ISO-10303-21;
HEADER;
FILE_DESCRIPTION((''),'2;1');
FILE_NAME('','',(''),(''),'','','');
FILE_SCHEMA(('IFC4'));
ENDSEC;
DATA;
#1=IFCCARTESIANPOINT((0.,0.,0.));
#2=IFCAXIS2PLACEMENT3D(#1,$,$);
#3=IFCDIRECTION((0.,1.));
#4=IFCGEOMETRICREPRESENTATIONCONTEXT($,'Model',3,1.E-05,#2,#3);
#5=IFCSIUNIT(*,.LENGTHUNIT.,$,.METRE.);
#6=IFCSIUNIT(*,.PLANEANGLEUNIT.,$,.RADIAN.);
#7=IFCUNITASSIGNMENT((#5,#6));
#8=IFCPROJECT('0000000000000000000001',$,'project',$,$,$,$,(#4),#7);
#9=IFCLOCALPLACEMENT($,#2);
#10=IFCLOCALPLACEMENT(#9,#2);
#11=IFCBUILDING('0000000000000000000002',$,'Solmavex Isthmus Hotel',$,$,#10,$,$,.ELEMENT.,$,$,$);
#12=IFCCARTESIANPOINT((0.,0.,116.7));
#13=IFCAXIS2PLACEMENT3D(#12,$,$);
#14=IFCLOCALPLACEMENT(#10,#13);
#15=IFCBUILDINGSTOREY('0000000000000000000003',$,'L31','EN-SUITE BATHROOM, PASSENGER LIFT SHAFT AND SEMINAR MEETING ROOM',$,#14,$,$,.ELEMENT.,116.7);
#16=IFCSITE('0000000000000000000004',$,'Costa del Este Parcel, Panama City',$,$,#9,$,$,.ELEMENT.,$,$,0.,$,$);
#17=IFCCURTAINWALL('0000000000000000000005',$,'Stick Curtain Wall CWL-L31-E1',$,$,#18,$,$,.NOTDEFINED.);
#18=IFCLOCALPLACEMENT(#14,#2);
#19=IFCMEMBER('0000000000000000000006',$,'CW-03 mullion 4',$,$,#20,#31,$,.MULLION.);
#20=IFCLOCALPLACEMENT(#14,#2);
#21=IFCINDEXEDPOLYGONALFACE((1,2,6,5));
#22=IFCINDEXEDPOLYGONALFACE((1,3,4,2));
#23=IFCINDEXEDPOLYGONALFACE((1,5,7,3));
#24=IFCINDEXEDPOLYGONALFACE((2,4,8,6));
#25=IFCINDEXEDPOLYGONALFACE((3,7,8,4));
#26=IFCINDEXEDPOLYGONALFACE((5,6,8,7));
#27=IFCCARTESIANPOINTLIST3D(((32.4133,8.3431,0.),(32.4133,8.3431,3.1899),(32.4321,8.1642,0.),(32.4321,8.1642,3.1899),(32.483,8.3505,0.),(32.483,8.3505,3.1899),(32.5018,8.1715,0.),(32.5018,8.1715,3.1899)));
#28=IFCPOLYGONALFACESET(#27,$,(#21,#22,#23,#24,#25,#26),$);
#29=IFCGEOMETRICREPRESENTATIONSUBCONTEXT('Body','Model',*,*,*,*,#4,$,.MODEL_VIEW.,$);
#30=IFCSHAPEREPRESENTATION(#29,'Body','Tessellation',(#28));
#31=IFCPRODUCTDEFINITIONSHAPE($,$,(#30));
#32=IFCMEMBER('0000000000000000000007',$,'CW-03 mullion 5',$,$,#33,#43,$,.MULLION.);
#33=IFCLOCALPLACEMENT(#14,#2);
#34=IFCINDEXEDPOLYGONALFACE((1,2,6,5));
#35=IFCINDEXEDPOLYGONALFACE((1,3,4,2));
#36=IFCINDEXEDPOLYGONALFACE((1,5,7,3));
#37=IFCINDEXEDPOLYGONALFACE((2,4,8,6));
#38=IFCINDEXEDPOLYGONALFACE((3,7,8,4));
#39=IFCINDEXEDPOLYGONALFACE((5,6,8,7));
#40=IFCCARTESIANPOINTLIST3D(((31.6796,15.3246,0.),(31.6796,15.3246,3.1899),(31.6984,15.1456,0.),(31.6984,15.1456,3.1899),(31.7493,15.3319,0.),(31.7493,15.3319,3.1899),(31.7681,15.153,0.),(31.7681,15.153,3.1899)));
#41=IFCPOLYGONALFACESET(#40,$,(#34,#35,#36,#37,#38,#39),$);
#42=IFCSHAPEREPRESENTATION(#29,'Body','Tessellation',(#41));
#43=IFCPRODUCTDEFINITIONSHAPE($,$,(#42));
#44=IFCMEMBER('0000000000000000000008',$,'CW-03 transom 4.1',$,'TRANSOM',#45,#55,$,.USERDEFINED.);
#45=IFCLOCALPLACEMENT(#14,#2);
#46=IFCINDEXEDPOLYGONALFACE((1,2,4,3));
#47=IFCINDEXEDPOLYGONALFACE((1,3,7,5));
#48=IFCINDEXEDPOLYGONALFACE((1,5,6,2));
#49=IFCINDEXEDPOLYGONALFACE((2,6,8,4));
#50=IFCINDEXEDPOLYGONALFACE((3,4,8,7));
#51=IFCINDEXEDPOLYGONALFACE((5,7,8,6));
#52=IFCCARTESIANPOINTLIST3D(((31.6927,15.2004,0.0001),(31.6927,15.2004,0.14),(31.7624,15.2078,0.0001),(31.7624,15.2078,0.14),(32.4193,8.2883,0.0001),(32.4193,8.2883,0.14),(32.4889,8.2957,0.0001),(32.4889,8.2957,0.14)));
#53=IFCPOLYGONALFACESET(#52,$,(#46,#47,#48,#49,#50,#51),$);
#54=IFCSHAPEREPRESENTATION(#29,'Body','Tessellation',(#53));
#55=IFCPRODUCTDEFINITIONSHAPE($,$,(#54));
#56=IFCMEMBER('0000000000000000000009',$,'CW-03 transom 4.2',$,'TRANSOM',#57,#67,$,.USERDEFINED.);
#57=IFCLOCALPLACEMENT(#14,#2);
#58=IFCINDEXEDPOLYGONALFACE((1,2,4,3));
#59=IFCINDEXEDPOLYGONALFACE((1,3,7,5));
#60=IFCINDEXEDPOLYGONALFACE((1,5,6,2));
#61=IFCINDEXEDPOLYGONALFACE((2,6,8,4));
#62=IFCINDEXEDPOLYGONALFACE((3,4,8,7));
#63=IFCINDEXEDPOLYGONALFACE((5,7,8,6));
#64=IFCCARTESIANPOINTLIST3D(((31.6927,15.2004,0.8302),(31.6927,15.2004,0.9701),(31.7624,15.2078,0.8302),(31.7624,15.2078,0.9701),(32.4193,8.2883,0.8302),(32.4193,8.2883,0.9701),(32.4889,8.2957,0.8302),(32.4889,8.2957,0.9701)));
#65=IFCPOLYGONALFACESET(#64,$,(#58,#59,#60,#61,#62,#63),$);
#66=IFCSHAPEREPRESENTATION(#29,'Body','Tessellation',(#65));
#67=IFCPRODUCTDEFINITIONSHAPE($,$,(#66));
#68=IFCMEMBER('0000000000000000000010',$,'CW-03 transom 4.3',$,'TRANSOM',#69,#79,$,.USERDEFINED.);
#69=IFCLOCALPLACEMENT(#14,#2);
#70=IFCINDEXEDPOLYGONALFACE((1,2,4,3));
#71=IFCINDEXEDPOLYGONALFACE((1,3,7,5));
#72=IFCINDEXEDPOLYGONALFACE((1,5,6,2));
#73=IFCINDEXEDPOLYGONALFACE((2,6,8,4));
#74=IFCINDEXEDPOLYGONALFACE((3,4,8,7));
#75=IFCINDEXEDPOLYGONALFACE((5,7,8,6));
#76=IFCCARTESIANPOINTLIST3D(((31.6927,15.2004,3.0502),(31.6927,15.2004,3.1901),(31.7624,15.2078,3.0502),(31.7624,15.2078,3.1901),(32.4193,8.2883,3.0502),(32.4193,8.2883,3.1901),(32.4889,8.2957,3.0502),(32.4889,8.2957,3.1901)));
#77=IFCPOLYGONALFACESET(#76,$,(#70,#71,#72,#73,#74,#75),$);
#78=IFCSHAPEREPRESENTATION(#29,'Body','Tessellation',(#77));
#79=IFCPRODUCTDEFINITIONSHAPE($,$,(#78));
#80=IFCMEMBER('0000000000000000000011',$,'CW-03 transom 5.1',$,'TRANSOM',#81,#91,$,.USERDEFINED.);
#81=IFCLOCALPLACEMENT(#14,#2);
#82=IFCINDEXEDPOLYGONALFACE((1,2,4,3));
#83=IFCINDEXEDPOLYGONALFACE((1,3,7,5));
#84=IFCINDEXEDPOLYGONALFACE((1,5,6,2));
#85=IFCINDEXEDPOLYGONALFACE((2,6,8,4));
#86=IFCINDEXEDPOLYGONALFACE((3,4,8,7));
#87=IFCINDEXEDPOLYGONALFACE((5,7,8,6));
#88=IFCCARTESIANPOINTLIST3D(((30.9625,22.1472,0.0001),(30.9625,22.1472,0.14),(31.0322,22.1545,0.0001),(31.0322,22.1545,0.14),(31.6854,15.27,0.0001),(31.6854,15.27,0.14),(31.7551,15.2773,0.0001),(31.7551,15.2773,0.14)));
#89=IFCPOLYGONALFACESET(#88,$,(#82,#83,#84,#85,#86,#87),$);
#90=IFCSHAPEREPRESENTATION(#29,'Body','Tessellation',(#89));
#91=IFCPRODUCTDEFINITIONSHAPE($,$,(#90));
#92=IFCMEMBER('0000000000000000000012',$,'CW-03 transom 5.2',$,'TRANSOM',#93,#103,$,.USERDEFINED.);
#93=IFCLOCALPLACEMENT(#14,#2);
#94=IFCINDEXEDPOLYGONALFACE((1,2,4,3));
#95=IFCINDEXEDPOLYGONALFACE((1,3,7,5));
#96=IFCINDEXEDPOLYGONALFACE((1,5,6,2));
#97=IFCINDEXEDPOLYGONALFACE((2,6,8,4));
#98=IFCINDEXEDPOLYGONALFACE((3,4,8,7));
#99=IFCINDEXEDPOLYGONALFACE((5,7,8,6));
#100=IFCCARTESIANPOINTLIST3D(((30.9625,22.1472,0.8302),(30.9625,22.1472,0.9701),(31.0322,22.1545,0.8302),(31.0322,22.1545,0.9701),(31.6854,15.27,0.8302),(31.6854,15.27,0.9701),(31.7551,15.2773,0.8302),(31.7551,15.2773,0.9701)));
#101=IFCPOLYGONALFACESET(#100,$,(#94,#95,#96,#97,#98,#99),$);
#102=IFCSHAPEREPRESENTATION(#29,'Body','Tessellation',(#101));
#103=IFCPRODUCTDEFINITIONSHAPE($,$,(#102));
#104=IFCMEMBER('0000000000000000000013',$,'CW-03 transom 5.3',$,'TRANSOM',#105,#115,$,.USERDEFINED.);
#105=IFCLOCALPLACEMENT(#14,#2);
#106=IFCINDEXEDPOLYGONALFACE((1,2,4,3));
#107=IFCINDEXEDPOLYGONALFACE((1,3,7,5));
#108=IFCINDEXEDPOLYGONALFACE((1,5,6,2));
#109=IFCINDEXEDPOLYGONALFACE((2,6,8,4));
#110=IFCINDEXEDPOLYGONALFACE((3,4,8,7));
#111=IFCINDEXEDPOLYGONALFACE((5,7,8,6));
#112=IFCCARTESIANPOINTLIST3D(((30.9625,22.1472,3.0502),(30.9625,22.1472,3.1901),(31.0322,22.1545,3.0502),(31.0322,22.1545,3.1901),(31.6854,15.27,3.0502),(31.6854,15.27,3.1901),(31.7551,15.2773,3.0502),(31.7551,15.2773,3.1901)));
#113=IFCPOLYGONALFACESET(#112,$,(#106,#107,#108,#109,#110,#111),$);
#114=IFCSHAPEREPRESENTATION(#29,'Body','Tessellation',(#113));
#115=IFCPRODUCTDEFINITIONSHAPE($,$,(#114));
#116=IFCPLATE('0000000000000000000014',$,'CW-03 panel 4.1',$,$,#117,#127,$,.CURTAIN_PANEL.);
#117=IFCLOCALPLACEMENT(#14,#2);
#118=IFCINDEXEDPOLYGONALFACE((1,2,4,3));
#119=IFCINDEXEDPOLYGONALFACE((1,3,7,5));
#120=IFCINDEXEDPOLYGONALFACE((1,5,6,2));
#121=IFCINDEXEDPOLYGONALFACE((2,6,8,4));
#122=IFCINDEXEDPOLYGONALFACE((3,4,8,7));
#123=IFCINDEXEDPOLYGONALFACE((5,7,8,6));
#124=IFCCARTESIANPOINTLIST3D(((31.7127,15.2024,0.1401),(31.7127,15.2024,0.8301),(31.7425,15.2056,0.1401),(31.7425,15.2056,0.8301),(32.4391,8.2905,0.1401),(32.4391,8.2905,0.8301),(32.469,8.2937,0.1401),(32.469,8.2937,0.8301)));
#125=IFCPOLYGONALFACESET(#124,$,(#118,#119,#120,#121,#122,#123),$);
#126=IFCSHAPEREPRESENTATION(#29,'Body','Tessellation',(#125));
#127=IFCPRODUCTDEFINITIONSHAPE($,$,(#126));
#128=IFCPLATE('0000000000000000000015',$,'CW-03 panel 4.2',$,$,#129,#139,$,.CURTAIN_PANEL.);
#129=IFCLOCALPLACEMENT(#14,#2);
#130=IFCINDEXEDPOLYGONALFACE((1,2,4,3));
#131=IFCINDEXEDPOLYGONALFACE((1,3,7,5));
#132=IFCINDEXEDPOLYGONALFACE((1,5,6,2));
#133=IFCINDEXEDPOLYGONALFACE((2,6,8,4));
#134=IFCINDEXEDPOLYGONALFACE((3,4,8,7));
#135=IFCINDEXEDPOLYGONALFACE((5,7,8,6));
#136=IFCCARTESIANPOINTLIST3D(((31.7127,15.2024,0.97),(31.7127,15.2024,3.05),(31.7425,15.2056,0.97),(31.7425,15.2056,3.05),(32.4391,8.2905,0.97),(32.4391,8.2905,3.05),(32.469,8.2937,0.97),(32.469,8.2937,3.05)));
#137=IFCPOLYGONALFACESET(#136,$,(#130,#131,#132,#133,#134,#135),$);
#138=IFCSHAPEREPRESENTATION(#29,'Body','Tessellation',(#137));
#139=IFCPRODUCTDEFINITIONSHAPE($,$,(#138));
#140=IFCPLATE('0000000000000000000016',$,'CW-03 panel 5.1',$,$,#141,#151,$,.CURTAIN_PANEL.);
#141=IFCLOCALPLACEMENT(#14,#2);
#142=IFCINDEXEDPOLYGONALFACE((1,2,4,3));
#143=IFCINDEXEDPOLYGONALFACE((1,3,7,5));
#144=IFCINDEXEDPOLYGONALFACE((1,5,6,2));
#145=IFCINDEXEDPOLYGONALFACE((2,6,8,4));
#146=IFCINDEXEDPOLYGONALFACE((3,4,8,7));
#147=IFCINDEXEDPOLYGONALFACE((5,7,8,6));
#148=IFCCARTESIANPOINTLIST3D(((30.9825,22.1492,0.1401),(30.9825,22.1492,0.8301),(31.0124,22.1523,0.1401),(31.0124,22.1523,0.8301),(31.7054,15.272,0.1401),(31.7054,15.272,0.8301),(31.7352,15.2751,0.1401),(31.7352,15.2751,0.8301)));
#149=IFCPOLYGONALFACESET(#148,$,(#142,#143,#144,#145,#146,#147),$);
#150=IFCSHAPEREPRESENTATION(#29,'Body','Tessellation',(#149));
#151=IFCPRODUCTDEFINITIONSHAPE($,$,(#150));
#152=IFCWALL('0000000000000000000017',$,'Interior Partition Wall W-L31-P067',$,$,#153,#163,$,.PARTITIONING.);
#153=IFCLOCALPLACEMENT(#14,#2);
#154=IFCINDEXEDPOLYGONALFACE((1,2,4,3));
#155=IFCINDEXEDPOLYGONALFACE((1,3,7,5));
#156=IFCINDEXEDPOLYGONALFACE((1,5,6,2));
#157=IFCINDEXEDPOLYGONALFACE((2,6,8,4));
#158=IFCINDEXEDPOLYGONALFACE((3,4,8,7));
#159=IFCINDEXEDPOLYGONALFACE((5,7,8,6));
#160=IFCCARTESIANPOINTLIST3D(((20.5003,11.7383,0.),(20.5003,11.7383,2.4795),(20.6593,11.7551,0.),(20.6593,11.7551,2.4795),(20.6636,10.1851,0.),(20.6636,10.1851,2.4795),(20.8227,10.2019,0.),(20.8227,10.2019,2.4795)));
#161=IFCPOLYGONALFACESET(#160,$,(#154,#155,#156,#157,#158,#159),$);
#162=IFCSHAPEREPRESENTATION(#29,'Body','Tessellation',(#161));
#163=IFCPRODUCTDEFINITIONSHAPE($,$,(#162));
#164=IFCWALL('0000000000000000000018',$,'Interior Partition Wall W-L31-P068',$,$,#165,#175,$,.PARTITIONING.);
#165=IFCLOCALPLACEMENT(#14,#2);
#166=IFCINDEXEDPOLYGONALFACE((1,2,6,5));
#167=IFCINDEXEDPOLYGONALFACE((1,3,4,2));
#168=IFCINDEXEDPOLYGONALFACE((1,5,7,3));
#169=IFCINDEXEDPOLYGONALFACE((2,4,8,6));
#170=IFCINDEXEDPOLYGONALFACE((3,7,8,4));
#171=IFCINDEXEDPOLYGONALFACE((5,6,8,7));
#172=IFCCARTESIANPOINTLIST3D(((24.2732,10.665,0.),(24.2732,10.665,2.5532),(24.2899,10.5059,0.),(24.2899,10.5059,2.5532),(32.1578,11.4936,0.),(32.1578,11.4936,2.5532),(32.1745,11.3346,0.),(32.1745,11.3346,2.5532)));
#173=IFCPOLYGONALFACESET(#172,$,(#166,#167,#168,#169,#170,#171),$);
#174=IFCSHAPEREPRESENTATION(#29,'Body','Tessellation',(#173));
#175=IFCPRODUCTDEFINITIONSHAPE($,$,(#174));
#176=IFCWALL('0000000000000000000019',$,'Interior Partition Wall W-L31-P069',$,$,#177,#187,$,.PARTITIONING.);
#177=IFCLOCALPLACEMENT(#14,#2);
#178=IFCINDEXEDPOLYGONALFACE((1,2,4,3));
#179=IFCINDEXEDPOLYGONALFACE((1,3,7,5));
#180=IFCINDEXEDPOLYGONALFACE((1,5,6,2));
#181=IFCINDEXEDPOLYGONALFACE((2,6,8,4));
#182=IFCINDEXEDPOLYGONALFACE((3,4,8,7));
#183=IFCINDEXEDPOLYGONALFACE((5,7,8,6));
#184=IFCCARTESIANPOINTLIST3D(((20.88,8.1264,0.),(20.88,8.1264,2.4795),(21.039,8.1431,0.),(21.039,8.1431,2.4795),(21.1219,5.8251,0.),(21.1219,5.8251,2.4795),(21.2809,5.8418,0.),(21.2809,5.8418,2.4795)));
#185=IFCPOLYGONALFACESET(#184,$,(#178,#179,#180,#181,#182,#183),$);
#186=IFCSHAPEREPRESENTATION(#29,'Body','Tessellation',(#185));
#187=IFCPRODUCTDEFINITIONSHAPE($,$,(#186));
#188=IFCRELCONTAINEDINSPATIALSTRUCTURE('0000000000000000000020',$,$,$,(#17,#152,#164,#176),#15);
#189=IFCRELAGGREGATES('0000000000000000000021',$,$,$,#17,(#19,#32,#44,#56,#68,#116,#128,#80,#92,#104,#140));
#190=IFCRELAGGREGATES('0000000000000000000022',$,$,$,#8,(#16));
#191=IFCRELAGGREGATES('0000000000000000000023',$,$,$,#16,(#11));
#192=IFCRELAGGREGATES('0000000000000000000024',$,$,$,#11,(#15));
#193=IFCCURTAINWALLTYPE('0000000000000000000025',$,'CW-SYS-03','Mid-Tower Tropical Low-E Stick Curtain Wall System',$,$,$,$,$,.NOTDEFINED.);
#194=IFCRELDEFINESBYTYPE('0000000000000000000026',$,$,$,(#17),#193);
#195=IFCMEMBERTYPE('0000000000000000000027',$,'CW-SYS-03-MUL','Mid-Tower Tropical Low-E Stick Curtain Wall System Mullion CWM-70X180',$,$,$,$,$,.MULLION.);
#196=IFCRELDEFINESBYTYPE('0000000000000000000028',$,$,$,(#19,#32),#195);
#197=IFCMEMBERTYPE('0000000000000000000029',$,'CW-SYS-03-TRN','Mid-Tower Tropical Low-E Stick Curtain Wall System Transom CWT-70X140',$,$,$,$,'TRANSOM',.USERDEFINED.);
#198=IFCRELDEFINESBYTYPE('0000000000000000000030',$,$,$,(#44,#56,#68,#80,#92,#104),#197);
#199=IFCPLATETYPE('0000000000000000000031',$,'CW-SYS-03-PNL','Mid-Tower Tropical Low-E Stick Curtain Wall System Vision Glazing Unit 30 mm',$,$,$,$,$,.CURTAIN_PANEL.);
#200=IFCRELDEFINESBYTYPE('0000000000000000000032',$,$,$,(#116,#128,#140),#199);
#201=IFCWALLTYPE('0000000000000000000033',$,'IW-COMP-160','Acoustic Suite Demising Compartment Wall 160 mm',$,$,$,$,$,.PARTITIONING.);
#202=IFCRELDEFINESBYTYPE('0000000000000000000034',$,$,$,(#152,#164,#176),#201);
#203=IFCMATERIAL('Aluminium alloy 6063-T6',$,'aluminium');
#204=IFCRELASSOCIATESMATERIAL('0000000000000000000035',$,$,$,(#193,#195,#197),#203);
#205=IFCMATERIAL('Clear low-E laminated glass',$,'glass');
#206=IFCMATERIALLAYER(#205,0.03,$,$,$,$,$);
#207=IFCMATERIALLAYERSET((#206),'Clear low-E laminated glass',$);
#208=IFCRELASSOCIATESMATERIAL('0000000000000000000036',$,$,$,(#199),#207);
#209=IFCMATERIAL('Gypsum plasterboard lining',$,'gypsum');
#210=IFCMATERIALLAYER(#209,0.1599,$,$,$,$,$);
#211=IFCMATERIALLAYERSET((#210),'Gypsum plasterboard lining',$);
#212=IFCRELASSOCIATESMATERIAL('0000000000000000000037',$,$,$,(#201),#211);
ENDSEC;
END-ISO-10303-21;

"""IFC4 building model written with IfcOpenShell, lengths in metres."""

from ifc_helpers import new_model, si_unit, direction, frame, frame_2d, origin, origin_2d, place, context, subcontext, project, spatial, rectangle, extrude, material, layer, layer_set, material_profile, profile_set, type_object, element, aggregate, save


model = new_model("IFC4")

# Units and contexts
model_context = context("Model", 3, precision=1e-05, world=origin(), true_north=direction((0.0, 1.0)))
body_context = subcontext(model_context, "Body", "Model", "MODEL_VIEW")
ifc_project = project(units=[si_unit("LENGTHUNIT", "METRE"), si_unit("PLANEANGLEUNIT", "RADIAN")], contexts=[model_context])

# Site, building, storey
site_placement = place(None, origin())
site = spatial("IfcSite", under=ifc_project, at=site_placement, Name="Costa del Este Parcel, Panama City", CompositionType="ELEMENT", RefElevation=0.0)
building_placement = place(site_placement, origin())
building = spatial("IfcBuilding", under=site, at=building_placement, Name="Solmavex Isthmus Hotel", CompositionType="ELEMENT")
storey_placement = place(building_placement, frame((0.0, 0.0, 116.7)))
storey = spatial("IfcBuildingStorey", under=building, at=storey_placement, Name="L31", Description="EN-SUITE BATHROOM, PASSENGER LIFT SHAFT AND SEMINAR MEETING ROOM", CompositionType="ELEMENT", Elevation=116.7)

# Curtain wall, members, plates
ifc_material_1 = material(Name="Aluminium alloy 6063-T6", Category="aluminium")
curtain_wall_type = type_object("IfcCurtainWallType", Name="CW-SYS-03", Description="Mid-Tower Tropical Low-E Stick Curtain Wall System", PredefinedType="NOTDEFINED", material=ifc_material_1)
curtain_wall_placement = place(storey_placement, origin())
curtain_wall = element("IfcCurtainWall", 1, at=curtain_wall_placement, inside=storey, type_object=curtain_wall_type, Name="Stick Curtain Wall CWL-L31-E1", PredefinedType="NOTDEFINED")
ifc_material_profile_1 = material_profile(ifc_material_1, rectangle(XDim=0.0701, YDim=0.1799, at=origin_2d()), Name="CWM-70X180")
ifc_profile_set_1 = profile_set([ifc_material_profile_1], Name="Aluminium alloy 6063-T6")
member_type_1 = type_object("IfcMemberType", Name="CW-SYS-03-MUL", Description="Mid-Tower Tropical Low-E Stick Curtain Wall System Mullion CWM-70X180", PredefinedType="MULLION", material=ifc_profile_set_1)
member_1_placement = place(storey_placement, frame((32.4575, 8.2573, 0.0), z_axis=(0.0, 0.0, 1.0), x_axis=(-0.994522, -0.104528, 0.0)))
member_1 = element("IfcMember", 2, at=member_1_placement, type_object=member_type_1, Name="CW-03 mullion 4", PredefinedType="MULLION", context=body_context, shape_type="SweptSolid", body=[
    extrude(rectangle(XDim=0.0701, YDim=0.1799, at=origin_2d()), origin(), (0.0, 0.0, 1.0), 3.1899),
])
member_2_placement = place(storey_placement, frame((31.7239, 15.2388, 0.0), z_axis=(0.0, 0.0, 1.0), x_axis=(-0.994522, -0.104528, 0.0)))
member_2 = element("IfcMember", 3, at=member_2_placement, type_object=member_type_1, Name="CW-03 mullion 5", PredefinedType="MULLION", context=body_context, shape_type="SweptSolid", body=[
    extrude(rectangle(XDim=0.0701, YDim=0.1799, at=origin_2d()), origin(), (0.0, 0.0, 1.0), 3.1899),
])
ifc_material_profile_2 = material_profile(ifc_material_1, rectangle(XDim=0.0701, YDim=0.1399, at=origin_2d()), Name="CWT-70X140")
ifc_profile_set_2 = profile_set([ifc_material_profile_2], Name="Aluminium alloy 6063-T6")
member_type_2 = type_object("IfcMemberType", Name="CW-SYS-03-TRN", Description="Mid-Tower Tropical Low-E Stick Curtain Wall System Transom CWT-70X140", ElementType="TRANSOM", PredefinedType="USERDEFINED", material=ifc_profile_set_2)
member_3_placement = place(storey_placement, frame((32.4541, 8.292, 0.0701), z_axis=(-0.104539, 0.994521, 0.0), x_axis=(-0.994521, -0.104539, 0.0)))
member_3 = element("IfcMember", 4, at=member_3_placement, type_object=member_type_2, Name="CW-03 transom 4.1", ObjectType="TRANSOM", PredefinedType="USERDEFINED", context=body_context, shape_type="SweptSolid", body=[
    extrude(rectangle(XDim=0.0701, YDim=0.1399, at=origin_2d()), origin(), (0.0, 0.0, 1.0), 6.9502),
])
member_4_placement = place(storey_placement, frame((32.4541, 8.292, 0.9001), z_axis=(-0.104539, 0.994521, 0.0), x_axis=(-0.994521, -0.104539, 0.0)))
member_4 = element("IfcMember", 5, at=member_4_placement, type_object=member_type_2, Name="CW-03 transom 4.2", ObjectType="TRANSOM", PredefinedType="USERDEFINED", context=body_context, shape_type="SweptSolid", body=[
    extrude(rectangle(XDim=0.0701, YDim=0.1399, at=origin_2d()), origin(), (0.0, 0.0, 1.0), 6.9502),
])
member_5_placement = place(storey_placement, frame((32.4541, 8.292, 3.1201), z_axis=(-0.104539, 0.994521, 0.0), x_axis=(-0.994521, -0.104539, 0.0)))
member_5 = element("IfcMember", 6, at=member_5_placement, type_object=member_type_2, Name="CW-03 transom 4.3", ObjectType="TRANSOM", PredefinedType="USERDEFINED", context=body_context, shape_type="SweptSolid", body=[
    extrude(rectangle(XDim=0.0701, YDim=0.1399, at=origin_2d()), origin(), (0.0, 0.0, 1.0), 6.9502),
])
member_6_placement = place(storey_placement, frame((31.7202, 15.2737, 0.0701), z_axis=(-0.10454, 0.994521, 0.0), x_axis=(-0.994521, -0.10454, 0.0)))
member_6 = element("IfcMember", 7, at=member_6_placement, type_object=member_type_2, Name="CW-03 transom 5.1", ObjectType="TRANSOM", PredefinedType="USERDEFINED", context=body_context, shape_type="SweptSolid", body=[
    extrude(rectangle(XDim=0.0701, YDim=0.1399, at=origin_2d()), origin(), (0.0, 0.0, 1.0), 6.915),
])
member_7_placement = place(storey_placement, frame((31.7202, 15.2737, 0.9001), z_axis=(-0.10454, 0.994521, 0.0), x_axis=(-0.994521, -0.10454, 0.0)))
member_7 = element("IfcMember", 8, at=member_7_placement, type_object=member_type_2, Name="CW-03 transom 5.2", ObjectType="TRANSOM", PredefinedType="USERDEFINED", context=body_context, shape_type="SweptSolid", body=[
    extrude(rectangle(XDim=0.0701, YDim=0.1399, at=origin_2d()), origin(), (0.0, 0.0, 1.0), 6.915),
])
member_8_placement = place(storey_placement, frame((31.7202, 15.2737, 3.1201), z_axis=(-0.10454, 0.994521, 0.0), x_axis=(-0.994521, -0.10454, 0.0)))
member_8 = element("IfcMember", 9, at=member_8_placement, type_object=member_type_2, Name="CW-03 transom 5.3", ObjectType="TRANSOM", PredefinedType="USERDEFINED", context=body_context, shape_type="SweptSolid", body=[
    extrude(rectangle(XDim=0.0701, YDim=0.1399, at=origin_2d()), origin(), (0.0, 0.0, 1.0), 6.915),
])
ifc_material_2 = material(Name="Clear low-E laminated glass", Category="glass")
ifc_layer_1 = layer(ifc_material_2, 0.03)
ifc_layer_set_1 = layer_set([ifc_layer_1], Name="Clear low-E laminated glass")
plate_type = type_object("IfcPlateType", Name="CW-SYS-03-PNL", Description="Mid-Tower Tropical Low-E Stick Curtain Wall System Vision Glazing Unit 30 mm", PredefinedType="CURTAIN_PANEL", material=ifc_layer_set_1)
plate_1_placement = place(storey_placement, frame((32.0908, 11.748, 0.1401), z_axis=(0.0, 0.0, 1.0), x_axis=(-0.104528, 0.994522, 0.0)))
plate_1 = element("IfcPlate", 10, at=plate_1_placement, type_object=plate_type, Name="CW-03 panel 4.1", PredefinedType="CURTAIN_PANEL", context=body_context, shape_type="SweptSolid", body=[
    extrude(rectangle(XDim=6.95, YDim=0.03, at=origin_2d()), origin(), (0.0, 0.0, 1.0), 0.6899),
])
plate_2_placement = place(storey_placement, frame((32.0908, 11.748, 0.97), z_axis=(0.0, 0.0, 1.0), x_axis=(-0.104528, 0.994522, 0.0)))
plate_2 = element("IfcPlate", 11, at=plate_2_placement, type_object=plate_type, Name="CW-03 panel 4.2", PredefinedType="CURTAIN_PANEL", context=body_context, shape_type="SweptSolid", body=[
    extrude(rectangle(XDim=6.95, YDim=0.03, at=origin_2d()), origin(), (0.0, 0.0, 1.0), 2.0801),
])
plate_3_placement = place(storey_placement, frame((31.3589, 18.7122, 0.1401), z_axis=(0.0, 0.0, 1.0), x_axis=(-0.104528, 0.994522, 0.0)))
plate_3 = element("IfcPlate", 12, at=plate_3_placement, type_object=plate_type, Name="CW-03 panel 5.1", PredefinedType="CURTAIN_PANEL", context=body_context, shape_type="SweptSolid", body=[
    extrude(rectangle(XDim=6.915, YDim=0.03, at=origin_2d()), origin(), (0.0, 0.0, 1.0), 0.6899),
])
aggregate(curtain_wall, [member_1, member_2, member_3, member_4, member_5, plate_1, plate_2, member_6, member_7, member_8, plate_3])

# Walls
ifc_material_3 = material(Name="Gypsum plasterboard lining", Category="gypsum")
ifc_layer_2 = layer(ifc_material_3, 0.1599)
ifc_layer_set_2 = layer_set([ifc_layer_2], Name="Gypsum plasterboard lining")
wall_type_1 = type_object("IfcWallType", Name="IW-COMP-160", Description="Acoustic Suite Demising Compartment Wall 160 mm", PredefinedType="PARTITIONING", material=ifc_layer_set_2)
wall_1_placement = place(storey_placement, frame((20.5798, 11.7466, 0.0), z_axis=(0.0, 0.0, 1.0), x_axis=(0.104579, -0.994517, 0.0)))
element("IfcWall", 13, at=wall_1_placement, inside=storey, type_object=wall_type_1, Name="Interior Partition Wall W-L31-P067", PredefinedType="PARTITIONING", context=body_context, shape_type="SweptSolid", body=[
    extrude(rectangle(XDim=1.5618, YDim=0.1599, at=frame_2d((0.7808, 0.0))), origin(), (0.0, 0.0, 1.0), 2.4795),
])
wall_2_placement = place(storey_placement, frame((32.166, 11.4141, 0.0), z_axis=(0.0, 0.0, 1.0), x_axis=(-0.994523, -0.104518, 0.0)))
element("IfcWall", 14, at=wall_2_placement, inside=storey, type_object=wall_type_1, Name="Interior Partition Wall W-L31-P068", PredefinedType="PARTITIONING", context=body_context, shape_type="SweptSolid", body=[
    extrude(rectangle(XDim=7.928, YDim=0.1599, at=frame_2d((3.9639, 0.0))), origin(), (0.0, 0.0, 1.0), 2.5532),
])
wall_3_placement = place(storey_placement, frame((20.9595, 8.1348, 0.0), z_axis=(0.0, 0.0, 1.0), x_axis=(0.104558, -0.994519, 0.0)))
element("IfcWall", 15, at=wall_3_placement, inside=storey, type_object=wall_type_1, Name="Interior Partition Wall W-L31-P069", PredefinedType="PARTITIONING", context=body_context, shape_type="SweptSolid", body=[
    extrude(rectangle(XDim=2.314, YDim=0.1599, at=frame_2d((1.157, 0.0))), origin(), (0.0, 0.0, 1.0), 2.4795),
])

save(model, "model.ifc")
